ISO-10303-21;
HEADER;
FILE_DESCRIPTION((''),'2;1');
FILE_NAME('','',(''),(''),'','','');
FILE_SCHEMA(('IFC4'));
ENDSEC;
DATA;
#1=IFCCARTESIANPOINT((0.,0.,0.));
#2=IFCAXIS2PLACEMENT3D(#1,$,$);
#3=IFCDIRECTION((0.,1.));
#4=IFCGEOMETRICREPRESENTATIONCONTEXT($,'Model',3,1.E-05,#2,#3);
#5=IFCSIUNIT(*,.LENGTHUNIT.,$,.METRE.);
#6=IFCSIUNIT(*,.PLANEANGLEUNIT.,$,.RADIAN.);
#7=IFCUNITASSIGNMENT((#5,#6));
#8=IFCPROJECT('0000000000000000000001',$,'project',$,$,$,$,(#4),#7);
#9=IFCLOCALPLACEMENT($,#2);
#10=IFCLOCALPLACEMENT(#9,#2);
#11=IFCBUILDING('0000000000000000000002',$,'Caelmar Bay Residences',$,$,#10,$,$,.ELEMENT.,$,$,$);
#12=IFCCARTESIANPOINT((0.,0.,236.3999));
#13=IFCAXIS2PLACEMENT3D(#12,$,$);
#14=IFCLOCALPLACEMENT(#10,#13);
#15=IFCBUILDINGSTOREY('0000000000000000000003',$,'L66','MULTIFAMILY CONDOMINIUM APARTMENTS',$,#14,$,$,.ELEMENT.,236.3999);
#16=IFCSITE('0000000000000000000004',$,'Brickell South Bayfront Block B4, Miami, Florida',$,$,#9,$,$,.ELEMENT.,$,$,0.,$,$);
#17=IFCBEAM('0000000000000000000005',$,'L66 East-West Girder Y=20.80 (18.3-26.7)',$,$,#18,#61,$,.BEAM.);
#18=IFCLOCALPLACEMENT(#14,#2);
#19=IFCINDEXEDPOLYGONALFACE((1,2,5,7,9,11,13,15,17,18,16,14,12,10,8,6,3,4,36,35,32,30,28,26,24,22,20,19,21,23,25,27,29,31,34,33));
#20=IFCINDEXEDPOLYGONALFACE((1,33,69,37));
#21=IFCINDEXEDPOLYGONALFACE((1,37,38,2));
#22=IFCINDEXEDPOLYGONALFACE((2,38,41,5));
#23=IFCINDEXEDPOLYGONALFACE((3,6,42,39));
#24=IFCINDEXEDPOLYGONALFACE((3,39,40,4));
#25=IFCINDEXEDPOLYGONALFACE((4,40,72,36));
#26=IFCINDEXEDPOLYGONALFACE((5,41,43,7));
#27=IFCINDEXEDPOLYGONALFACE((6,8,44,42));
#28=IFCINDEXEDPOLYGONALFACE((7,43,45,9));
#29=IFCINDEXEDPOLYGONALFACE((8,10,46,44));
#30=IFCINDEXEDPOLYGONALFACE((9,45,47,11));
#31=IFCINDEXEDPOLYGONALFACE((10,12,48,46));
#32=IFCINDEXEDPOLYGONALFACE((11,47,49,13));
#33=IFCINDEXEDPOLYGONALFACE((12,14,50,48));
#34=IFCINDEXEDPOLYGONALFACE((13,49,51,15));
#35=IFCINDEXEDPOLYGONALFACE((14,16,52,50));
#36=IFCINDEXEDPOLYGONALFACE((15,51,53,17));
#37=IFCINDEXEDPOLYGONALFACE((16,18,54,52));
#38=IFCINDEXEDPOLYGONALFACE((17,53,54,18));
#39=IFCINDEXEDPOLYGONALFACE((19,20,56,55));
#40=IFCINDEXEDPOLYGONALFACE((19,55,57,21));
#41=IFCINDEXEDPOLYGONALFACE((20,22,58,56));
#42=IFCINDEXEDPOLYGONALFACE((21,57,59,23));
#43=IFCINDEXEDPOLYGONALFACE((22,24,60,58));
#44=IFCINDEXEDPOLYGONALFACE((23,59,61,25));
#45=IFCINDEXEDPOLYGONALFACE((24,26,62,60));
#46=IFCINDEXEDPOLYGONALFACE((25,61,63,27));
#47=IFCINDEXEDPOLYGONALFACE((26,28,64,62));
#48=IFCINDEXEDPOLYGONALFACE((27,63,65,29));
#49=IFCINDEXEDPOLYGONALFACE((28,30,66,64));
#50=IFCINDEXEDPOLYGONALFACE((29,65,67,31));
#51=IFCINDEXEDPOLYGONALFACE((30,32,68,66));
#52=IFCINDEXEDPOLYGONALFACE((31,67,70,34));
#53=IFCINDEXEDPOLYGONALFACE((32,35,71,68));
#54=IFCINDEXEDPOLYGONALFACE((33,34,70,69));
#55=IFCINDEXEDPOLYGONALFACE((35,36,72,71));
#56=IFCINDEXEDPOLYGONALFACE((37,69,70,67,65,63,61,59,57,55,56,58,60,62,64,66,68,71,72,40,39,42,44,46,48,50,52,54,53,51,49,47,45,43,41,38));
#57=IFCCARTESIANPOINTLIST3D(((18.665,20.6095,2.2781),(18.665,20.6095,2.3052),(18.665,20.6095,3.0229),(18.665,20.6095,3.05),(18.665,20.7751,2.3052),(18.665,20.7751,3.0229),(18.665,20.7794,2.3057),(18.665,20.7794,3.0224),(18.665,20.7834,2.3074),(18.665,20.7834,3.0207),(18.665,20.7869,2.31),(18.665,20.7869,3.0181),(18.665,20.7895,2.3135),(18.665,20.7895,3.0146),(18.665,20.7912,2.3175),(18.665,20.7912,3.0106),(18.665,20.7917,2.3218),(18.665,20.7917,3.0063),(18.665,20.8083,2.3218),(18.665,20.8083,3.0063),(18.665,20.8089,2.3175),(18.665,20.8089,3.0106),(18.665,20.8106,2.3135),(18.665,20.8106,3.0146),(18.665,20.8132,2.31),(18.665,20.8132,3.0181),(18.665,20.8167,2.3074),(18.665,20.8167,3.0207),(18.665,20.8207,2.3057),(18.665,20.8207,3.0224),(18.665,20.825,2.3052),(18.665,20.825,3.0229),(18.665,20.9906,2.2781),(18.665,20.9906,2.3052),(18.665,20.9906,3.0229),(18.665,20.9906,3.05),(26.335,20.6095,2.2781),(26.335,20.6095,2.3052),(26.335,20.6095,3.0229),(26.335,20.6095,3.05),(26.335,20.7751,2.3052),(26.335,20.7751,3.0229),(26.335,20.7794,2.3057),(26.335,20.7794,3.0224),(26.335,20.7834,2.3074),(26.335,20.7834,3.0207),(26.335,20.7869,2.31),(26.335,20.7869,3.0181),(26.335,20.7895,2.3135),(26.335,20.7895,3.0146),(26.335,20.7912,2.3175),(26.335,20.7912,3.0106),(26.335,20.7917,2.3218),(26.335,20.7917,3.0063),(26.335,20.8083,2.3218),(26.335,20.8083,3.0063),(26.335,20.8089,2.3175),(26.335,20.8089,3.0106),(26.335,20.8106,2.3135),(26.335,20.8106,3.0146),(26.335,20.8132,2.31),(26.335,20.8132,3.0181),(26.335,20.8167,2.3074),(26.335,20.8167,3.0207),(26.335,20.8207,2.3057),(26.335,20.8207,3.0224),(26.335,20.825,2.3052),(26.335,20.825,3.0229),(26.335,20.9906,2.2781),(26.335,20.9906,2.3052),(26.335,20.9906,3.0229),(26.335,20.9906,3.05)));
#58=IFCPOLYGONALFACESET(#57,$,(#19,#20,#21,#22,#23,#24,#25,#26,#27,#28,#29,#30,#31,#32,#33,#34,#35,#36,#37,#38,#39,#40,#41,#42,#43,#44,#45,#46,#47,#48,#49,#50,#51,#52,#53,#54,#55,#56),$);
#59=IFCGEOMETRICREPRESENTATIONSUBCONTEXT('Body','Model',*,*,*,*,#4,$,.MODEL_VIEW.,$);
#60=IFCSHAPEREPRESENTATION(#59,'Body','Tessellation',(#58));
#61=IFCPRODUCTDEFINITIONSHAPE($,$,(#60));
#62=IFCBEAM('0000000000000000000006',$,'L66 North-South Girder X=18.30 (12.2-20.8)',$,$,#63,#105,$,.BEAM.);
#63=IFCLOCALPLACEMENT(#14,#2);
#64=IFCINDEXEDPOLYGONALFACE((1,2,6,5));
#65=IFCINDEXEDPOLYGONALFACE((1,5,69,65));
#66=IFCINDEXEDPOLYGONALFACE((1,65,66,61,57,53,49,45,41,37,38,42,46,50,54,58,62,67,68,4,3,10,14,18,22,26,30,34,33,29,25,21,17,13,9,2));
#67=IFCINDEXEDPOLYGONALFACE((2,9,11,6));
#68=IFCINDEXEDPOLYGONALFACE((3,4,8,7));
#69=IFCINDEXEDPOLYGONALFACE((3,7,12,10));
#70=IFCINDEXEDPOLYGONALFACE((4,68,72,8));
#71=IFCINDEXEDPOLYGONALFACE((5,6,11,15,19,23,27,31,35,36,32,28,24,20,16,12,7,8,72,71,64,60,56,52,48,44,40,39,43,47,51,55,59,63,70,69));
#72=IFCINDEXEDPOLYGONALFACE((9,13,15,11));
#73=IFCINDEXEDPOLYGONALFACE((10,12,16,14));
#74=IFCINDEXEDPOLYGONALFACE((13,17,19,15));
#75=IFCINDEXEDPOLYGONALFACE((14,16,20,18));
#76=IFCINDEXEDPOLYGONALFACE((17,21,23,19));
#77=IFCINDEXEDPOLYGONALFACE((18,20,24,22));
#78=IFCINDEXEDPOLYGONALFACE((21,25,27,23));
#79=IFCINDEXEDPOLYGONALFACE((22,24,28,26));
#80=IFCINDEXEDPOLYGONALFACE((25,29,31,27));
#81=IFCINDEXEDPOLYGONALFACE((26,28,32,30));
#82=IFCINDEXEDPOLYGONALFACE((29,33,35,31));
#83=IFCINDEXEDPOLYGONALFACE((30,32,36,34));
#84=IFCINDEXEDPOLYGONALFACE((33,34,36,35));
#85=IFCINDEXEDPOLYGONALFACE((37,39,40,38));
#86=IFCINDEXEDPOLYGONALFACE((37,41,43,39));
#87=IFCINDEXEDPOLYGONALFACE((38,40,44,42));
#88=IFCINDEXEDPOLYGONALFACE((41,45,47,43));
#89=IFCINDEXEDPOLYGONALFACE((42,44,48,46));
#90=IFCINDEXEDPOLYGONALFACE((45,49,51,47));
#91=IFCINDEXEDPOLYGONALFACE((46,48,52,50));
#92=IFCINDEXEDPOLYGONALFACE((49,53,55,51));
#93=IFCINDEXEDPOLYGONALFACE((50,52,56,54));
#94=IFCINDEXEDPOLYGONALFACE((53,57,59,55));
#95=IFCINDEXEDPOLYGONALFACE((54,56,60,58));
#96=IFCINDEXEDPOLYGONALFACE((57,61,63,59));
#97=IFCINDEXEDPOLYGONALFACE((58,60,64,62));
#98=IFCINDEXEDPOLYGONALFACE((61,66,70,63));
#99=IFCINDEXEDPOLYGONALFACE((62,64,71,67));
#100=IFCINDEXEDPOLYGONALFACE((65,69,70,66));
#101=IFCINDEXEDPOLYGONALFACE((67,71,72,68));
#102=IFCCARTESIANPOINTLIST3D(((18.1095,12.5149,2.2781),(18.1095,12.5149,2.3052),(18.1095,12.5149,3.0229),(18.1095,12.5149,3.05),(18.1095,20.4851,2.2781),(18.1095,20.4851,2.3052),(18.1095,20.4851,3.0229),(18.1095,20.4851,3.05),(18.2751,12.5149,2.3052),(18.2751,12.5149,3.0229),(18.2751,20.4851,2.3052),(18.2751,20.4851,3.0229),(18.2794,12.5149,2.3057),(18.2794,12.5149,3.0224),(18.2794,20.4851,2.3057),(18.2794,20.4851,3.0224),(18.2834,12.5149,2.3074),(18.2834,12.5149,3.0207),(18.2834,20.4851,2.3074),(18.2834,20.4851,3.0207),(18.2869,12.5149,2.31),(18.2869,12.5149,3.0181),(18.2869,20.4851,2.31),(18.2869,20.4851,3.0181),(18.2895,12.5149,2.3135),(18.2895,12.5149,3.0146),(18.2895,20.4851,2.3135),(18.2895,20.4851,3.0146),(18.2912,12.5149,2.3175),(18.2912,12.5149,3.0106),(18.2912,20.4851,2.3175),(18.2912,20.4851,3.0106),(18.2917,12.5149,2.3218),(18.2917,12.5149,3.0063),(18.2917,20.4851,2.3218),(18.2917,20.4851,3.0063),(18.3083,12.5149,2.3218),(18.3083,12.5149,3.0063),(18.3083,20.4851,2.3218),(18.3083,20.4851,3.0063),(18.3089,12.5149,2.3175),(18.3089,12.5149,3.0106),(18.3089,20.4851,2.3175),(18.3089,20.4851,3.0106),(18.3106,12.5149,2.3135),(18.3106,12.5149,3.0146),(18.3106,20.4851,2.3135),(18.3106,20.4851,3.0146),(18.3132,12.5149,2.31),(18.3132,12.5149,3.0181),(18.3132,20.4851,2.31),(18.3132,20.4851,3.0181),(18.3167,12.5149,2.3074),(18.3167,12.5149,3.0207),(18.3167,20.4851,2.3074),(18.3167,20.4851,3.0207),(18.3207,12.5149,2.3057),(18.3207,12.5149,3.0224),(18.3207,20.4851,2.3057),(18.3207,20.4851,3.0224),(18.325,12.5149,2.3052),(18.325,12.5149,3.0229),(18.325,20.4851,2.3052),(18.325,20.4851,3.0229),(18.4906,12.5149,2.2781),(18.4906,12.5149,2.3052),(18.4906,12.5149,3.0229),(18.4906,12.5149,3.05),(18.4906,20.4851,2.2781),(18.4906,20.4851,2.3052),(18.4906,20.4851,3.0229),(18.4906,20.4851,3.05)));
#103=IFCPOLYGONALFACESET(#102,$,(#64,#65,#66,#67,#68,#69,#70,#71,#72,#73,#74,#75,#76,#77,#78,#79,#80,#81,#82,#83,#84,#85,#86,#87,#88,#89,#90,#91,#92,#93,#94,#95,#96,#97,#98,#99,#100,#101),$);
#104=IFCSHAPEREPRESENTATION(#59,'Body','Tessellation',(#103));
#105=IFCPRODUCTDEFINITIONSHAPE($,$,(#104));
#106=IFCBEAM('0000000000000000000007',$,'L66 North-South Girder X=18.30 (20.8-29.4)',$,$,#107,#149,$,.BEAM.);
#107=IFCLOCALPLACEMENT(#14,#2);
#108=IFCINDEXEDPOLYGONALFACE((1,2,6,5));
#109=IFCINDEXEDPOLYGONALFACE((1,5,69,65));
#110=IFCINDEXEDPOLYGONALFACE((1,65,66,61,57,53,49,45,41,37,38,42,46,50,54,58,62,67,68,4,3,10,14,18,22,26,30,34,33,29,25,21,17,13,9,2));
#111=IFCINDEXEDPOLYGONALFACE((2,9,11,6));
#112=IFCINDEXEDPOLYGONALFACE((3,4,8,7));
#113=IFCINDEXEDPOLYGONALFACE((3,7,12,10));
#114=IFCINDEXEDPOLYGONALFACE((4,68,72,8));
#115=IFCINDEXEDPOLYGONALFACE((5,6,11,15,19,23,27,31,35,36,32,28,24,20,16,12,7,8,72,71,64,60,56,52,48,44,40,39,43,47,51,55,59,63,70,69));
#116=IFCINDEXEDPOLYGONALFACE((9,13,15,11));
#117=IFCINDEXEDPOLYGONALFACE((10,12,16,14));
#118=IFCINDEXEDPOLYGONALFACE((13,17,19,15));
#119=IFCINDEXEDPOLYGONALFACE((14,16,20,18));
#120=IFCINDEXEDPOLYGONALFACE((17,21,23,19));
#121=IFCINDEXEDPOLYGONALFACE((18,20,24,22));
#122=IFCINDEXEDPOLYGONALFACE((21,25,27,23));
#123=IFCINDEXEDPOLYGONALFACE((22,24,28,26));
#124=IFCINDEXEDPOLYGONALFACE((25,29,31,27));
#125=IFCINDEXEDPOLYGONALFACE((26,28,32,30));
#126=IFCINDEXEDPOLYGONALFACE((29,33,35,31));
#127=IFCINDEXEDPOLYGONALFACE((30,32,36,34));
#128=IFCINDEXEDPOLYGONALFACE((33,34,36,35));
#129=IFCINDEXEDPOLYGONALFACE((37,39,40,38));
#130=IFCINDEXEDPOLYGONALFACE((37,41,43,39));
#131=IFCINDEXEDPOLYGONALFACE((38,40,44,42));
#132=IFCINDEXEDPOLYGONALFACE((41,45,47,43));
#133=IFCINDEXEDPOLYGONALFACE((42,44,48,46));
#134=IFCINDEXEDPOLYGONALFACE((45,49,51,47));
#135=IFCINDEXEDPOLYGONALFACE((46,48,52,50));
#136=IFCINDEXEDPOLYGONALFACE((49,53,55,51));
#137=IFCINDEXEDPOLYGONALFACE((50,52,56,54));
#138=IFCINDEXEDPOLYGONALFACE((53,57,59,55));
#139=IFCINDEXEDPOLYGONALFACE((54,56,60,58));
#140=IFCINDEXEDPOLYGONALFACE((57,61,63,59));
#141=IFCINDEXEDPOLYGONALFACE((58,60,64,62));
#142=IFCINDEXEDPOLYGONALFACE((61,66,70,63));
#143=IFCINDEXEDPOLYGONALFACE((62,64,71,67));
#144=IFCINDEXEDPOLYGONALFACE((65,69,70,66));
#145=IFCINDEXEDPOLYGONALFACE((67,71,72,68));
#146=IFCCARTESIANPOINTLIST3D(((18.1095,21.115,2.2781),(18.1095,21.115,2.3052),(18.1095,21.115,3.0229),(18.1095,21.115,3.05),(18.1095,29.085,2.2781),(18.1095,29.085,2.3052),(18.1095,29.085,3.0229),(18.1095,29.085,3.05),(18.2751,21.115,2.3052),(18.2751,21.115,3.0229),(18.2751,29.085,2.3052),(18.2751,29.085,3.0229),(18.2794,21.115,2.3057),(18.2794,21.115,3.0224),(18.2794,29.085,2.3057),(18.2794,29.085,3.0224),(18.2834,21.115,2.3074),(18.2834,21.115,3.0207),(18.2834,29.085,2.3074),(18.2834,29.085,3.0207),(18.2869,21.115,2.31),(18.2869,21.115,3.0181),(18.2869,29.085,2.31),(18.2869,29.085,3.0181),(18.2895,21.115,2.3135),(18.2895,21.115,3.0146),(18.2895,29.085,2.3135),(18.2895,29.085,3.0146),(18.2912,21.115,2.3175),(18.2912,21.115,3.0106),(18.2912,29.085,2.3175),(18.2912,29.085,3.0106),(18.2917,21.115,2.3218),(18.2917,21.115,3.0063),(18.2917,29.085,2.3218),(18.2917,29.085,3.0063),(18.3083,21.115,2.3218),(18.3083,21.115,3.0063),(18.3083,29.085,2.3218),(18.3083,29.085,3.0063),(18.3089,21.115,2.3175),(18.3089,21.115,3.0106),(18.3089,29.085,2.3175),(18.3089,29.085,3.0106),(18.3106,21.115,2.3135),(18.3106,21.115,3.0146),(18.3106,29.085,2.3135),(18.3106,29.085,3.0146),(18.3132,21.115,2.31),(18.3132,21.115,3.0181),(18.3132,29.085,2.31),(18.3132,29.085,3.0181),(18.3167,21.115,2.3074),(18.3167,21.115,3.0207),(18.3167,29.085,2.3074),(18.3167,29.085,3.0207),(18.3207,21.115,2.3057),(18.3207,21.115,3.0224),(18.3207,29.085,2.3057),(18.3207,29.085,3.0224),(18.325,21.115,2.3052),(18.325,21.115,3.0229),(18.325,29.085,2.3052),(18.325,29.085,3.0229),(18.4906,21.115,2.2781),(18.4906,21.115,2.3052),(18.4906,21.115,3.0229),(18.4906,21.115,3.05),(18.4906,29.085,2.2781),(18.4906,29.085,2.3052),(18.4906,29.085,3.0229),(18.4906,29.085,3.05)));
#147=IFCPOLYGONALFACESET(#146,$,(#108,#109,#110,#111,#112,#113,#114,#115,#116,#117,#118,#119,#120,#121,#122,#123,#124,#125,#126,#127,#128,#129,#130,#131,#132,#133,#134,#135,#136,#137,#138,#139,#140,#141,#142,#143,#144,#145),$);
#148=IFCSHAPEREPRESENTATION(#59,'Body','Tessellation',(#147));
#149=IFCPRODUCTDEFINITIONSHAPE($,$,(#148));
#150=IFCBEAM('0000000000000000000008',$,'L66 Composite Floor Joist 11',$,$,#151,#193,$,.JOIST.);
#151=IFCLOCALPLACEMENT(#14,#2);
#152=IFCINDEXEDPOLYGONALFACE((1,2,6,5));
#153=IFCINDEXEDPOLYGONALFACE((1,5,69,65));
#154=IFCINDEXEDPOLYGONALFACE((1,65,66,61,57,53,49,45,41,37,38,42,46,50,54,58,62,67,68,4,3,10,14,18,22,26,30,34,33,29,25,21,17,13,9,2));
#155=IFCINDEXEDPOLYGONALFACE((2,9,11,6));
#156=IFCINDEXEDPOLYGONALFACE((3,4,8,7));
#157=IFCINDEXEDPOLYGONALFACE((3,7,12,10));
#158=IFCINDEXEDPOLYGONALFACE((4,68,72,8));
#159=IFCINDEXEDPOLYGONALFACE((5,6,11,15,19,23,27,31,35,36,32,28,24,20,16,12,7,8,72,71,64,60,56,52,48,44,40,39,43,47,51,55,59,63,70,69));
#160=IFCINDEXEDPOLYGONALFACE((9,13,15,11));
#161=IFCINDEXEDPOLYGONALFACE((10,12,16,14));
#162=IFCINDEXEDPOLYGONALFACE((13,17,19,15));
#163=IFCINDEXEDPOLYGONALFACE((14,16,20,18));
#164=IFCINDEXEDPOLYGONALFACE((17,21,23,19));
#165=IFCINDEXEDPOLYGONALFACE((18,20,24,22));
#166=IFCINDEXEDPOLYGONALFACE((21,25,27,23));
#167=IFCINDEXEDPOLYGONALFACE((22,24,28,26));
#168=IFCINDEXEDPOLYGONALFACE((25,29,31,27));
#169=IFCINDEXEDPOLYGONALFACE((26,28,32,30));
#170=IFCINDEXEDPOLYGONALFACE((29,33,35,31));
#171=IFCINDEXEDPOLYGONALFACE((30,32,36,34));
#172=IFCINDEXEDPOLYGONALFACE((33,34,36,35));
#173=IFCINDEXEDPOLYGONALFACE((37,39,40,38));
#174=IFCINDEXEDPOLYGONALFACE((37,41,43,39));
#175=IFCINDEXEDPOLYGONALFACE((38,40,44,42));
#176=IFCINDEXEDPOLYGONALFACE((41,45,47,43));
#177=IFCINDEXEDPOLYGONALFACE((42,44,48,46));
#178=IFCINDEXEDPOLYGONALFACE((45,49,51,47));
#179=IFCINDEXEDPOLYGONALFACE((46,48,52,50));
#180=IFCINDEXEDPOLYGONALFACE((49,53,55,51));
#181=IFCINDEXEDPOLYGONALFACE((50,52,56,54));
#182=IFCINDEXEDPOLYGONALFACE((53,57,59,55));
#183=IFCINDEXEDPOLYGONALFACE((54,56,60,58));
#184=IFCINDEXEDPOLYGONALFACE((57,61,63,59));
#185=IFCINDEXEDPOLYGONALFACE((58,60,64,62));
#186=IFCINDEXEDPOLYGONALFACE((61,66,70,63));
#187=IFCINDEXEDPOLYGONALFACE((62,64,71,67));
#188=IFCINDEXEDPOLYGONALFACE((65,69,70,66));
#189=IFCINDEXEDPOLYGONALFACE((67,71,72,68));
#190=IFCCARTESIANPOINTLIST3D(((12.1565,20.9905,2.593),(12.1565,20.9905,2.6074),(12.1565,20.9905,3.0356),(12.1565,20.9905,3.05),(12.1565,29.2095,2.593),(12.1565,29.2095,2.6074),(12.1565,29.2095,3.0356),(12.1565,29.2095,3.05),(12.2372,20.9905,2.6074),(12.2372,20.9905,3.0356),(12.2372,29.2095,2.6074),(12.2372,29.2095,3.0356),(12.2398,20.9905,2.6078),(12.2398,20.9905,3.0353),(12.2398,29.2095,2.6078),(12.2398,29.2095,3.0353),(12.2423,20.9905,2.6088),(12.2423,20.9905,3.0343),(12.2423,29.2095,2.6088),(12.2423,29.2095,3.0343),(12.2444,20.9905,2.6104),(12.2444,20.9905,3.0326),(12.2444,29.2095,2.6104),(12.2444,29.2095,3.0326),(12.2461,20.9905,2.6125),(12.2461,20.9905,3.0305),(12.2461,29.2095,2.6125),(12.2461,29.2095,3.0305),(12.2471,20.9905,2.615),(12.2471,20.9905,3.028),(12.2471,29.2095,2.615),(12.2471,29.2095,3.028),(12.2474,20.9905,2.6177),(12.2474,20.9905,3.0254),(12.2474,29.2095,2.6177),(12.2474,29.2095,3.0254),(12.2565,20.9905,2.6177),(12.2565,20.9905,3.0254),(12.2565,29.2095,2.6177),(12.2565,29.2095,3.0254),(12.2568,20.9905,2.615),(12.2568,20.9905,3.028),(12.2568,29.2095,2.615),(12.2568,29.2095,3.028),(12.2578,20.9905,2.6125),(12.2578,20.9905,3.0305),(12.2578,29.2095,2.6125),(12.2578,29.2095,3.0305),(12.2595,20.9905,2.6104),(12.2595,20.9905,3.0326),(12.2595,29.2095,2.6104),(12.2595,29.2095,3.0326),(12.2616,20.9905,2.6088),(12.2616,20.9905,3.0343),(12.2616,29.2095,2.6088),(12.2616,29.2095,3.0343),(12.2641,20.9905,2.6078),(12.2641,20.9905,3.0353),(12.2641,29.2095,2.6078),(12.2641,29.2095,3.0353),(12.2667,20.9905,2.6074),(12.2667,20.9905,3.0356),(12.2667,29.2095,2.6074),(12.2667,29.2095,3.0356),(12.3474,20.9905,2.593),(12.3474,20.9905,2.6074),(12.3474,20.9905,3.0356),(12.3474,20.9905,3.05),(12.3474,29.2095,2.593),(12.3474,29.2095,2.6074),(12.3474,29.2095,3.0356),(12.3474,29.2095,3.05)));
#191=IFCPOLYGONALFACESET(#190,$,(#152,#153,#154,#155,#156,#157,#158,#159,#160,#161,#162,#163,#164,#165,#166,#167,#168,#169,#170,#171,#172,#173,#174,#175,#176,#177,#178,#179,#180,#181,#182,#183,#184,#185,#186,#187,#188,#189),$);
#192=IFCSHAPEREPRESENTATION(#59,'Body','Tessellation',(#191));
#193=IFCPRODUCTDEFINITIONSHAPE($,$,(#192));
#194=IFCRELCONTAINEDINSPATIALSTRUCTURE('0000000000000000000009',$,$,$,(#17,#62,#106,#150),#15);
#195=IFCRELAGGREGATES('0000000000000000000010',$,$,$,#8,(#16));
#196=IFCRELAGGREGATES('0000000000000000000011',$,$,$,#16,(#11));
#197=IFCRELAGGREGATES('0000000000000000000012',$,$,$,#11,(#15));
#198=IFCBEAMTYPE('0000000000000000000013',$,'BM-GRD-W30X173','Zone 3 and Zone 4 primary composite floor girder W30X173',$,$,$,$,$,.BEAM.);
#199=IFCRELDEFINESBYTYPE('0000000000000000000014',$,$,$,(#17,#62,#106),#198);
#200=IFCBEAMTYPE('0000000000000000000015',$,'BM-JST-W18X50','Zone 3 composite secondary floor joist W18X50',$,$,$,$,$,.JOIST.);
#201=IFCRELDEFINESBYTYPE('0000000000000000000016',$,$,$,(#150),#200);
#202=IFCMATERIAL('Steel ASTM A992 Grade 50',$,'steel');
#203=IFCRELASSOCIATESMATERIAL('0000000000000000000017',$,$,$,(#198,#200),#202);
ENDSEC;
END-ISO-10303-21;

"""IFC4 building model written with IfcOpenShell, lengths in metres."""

from ifc_helpers import new_model, si_unit, direction, frame, origin, origin_2d, place, context, subcontext, project, spatial, i_section, extrude, material, material_profile, profile_set, type_object, element, save


model = new_model("IFC4")

# Units and contexts
model_context = context("Model", 3, precision=1e-05, world=origin(), true_north=direction((0.0, 1.0)))
body_context = subcontext(model_context, "Body", "Model", "MODEL_VIEW")
ifc_project = project(units=[si_unit("LENGTHUNIT", "METRE"), si_unit("PLANEANGLEUNIT", "RADIAN")], contexts=[model_context])

# Site, building, storey
site_placement = place(None, origin())
site = spatial("IfcSite", under=ifc_project, at=site_placement, Name="Brickell South Bayfront Block B4, Miami, Florida", CompositionType="ELEMENT", RefElevation=0.0)
building_placement = place(site_placement, origin())
building = spatial("IfcBuilding", under=site, at=building_placement, Name="Caelmar Bay Residences", CompositionType="ELEMENT")
storey_placement = place(building_placement, frame((0.0, 0.0, 236.3999)))
storey = spatial("IfcBuildingStorey", under=building, at=storey_placement, Name="L66", Description="MULTIFAMILY CONDOMINIUM APARTMENTS", CompositionType="ELEMENT", Elevation=236.3999)

# Beams
ifc_material_1 = material(Name="Steel ASTM A992 Grade 50", Category="steel")
ifc_material_profile_1 = material_profile(ifc_material_1, i_section(OverallWidth=0.3811, OverallDepth=0.772, WebThickness=0.0166, FlangeThickness=0.0271, FilletRadius=0.0166, at=origin_2d()), Name="W30X173")
ifc_profile_set_1 = profile_set([ifc_material_profile_1], Name="Steel ASTM A992 Grade 50")
beam_type_1 = type_object("IfcBeamType", Name="BM-GRD-W30X173", Description="Zone 3 and Zone 4 primary composite floor girder W30X173", PredefinedType="BEAM", material=ifc_profile_set_1)
beam_1_placement = place(storey_placement, frame((18.665, 20.8, 2.6641), z_axis=(1.0, 0.0, 0.0), x_axis=(0.0, 1.0, 0.0)))
element("IfcBeam", 1, at=beam_1_placement, inside=storey, type_object=beam_type_1, Name="L66 East-West Girder Y=20.80 (18.3-26.7)", PredefinedType="BEAM", context=body_context, shape_type="SweptSolid", body=[
    extrude(i_section(OverallWidth=0.3811, OverallDepth=0.772, WebThickness=0.0166, FlangeThickness=0.0271, FilletRadius=0.0166, at=origin_2d()), origin(), (0.0, 0.0, 1.0), 7.6699),
])
beam_2_placement = place(storey_placement, frame((18.3, 12.5149, 2.6641), z_axis=(0.0, 1.0, 0.0), x_axis=(-1.0, 0.0, 0.0)))
element("IfcBeam", 2, at=beam_2_placement, inside=storey, type_object=beam_type_1, Name="L66 North-South Girder X=18.30 (12.2-20.8)", PredefinedType="BEAM", context=body_context, shape_type="SweptSolid", body=[
    extrude(i_section(OverallWidth=0.3811, OverallDepth=0.772, WebThickness=0.0166, FlangeThickness=0.0271, FilletRadius=0.0166, at=origin_2d()), origin(), (0.0, 0.0, 1.0), 7.9702),
])
beam_3_placement = place(storey_placement, frame((18.3, 21.115, 2.6641), z_axis=(0.0, 1.0, 0.0), x_axis=(-1.0, 0.0, 0.0)))
element("IfcBeam", 3, at=beam_3_placement, inside=storey, type_object=beam_type_1, Name="L66 North-South Girder X=18.30 (20.8-29.4)", PredefinedType="BEAM", context=body_context, shape_type="SweptSolid", body=[
    extrude(i_section(OverallWidth=0.3811, OverallDepth=0.772, WebThickness=0.0166, FlangeThickness=0.0271, FilletRadius=0.0166, at=origin_2d()), origin(), (0.0, 0.0, 1.0), 7.97),
])
ifc_material_profile_2 = material_profile(ifc_material_1, i_section(OverallWidth=0.1909, OverallDepth=0.457, WebThickness=0.009, FlangeThickness=0.0144, FilletRadius=0.0103, at=origin_2d()), Name="W18X50")
ifc_profile_set_2 = profile_set([ifc_material_profile_2], Name="Steel ASTM A992 Grade 50")
beam_type_2 = type_object("IfcBeamType", Name="BM-JST-W18X50", Description="Zone 3 composite secondary floor joist W18X50", PredefinedType="JOIST", material=ifc_profile_set_2)
beam_4_placement = place(storey_placement, frame((12.252, 20.9905, 2.8215), z_axis=(0.0, 1.0, 0.0), x_axis=(-1.0, 0.0, 0.0)))
element("IfcBeam", 4, at=beam_4_placement, inside=storey, type_object=beam_type_2, Name="L66 Composite Floor Joist 11", PredefinedType="JOIST", context=body_context, shape_type="SweptSolid", body=[
    extrude(i_section(OverallWidth=0.1909, OverallDepth=0.457, WebThickness=0.009, FlangeThickness=0.0144, FilletRadius=0.0103, at=origin_2d()), origin(), (0.0, 0.0, 1.0), 8.219),
])

save(model, "model.ifc")
